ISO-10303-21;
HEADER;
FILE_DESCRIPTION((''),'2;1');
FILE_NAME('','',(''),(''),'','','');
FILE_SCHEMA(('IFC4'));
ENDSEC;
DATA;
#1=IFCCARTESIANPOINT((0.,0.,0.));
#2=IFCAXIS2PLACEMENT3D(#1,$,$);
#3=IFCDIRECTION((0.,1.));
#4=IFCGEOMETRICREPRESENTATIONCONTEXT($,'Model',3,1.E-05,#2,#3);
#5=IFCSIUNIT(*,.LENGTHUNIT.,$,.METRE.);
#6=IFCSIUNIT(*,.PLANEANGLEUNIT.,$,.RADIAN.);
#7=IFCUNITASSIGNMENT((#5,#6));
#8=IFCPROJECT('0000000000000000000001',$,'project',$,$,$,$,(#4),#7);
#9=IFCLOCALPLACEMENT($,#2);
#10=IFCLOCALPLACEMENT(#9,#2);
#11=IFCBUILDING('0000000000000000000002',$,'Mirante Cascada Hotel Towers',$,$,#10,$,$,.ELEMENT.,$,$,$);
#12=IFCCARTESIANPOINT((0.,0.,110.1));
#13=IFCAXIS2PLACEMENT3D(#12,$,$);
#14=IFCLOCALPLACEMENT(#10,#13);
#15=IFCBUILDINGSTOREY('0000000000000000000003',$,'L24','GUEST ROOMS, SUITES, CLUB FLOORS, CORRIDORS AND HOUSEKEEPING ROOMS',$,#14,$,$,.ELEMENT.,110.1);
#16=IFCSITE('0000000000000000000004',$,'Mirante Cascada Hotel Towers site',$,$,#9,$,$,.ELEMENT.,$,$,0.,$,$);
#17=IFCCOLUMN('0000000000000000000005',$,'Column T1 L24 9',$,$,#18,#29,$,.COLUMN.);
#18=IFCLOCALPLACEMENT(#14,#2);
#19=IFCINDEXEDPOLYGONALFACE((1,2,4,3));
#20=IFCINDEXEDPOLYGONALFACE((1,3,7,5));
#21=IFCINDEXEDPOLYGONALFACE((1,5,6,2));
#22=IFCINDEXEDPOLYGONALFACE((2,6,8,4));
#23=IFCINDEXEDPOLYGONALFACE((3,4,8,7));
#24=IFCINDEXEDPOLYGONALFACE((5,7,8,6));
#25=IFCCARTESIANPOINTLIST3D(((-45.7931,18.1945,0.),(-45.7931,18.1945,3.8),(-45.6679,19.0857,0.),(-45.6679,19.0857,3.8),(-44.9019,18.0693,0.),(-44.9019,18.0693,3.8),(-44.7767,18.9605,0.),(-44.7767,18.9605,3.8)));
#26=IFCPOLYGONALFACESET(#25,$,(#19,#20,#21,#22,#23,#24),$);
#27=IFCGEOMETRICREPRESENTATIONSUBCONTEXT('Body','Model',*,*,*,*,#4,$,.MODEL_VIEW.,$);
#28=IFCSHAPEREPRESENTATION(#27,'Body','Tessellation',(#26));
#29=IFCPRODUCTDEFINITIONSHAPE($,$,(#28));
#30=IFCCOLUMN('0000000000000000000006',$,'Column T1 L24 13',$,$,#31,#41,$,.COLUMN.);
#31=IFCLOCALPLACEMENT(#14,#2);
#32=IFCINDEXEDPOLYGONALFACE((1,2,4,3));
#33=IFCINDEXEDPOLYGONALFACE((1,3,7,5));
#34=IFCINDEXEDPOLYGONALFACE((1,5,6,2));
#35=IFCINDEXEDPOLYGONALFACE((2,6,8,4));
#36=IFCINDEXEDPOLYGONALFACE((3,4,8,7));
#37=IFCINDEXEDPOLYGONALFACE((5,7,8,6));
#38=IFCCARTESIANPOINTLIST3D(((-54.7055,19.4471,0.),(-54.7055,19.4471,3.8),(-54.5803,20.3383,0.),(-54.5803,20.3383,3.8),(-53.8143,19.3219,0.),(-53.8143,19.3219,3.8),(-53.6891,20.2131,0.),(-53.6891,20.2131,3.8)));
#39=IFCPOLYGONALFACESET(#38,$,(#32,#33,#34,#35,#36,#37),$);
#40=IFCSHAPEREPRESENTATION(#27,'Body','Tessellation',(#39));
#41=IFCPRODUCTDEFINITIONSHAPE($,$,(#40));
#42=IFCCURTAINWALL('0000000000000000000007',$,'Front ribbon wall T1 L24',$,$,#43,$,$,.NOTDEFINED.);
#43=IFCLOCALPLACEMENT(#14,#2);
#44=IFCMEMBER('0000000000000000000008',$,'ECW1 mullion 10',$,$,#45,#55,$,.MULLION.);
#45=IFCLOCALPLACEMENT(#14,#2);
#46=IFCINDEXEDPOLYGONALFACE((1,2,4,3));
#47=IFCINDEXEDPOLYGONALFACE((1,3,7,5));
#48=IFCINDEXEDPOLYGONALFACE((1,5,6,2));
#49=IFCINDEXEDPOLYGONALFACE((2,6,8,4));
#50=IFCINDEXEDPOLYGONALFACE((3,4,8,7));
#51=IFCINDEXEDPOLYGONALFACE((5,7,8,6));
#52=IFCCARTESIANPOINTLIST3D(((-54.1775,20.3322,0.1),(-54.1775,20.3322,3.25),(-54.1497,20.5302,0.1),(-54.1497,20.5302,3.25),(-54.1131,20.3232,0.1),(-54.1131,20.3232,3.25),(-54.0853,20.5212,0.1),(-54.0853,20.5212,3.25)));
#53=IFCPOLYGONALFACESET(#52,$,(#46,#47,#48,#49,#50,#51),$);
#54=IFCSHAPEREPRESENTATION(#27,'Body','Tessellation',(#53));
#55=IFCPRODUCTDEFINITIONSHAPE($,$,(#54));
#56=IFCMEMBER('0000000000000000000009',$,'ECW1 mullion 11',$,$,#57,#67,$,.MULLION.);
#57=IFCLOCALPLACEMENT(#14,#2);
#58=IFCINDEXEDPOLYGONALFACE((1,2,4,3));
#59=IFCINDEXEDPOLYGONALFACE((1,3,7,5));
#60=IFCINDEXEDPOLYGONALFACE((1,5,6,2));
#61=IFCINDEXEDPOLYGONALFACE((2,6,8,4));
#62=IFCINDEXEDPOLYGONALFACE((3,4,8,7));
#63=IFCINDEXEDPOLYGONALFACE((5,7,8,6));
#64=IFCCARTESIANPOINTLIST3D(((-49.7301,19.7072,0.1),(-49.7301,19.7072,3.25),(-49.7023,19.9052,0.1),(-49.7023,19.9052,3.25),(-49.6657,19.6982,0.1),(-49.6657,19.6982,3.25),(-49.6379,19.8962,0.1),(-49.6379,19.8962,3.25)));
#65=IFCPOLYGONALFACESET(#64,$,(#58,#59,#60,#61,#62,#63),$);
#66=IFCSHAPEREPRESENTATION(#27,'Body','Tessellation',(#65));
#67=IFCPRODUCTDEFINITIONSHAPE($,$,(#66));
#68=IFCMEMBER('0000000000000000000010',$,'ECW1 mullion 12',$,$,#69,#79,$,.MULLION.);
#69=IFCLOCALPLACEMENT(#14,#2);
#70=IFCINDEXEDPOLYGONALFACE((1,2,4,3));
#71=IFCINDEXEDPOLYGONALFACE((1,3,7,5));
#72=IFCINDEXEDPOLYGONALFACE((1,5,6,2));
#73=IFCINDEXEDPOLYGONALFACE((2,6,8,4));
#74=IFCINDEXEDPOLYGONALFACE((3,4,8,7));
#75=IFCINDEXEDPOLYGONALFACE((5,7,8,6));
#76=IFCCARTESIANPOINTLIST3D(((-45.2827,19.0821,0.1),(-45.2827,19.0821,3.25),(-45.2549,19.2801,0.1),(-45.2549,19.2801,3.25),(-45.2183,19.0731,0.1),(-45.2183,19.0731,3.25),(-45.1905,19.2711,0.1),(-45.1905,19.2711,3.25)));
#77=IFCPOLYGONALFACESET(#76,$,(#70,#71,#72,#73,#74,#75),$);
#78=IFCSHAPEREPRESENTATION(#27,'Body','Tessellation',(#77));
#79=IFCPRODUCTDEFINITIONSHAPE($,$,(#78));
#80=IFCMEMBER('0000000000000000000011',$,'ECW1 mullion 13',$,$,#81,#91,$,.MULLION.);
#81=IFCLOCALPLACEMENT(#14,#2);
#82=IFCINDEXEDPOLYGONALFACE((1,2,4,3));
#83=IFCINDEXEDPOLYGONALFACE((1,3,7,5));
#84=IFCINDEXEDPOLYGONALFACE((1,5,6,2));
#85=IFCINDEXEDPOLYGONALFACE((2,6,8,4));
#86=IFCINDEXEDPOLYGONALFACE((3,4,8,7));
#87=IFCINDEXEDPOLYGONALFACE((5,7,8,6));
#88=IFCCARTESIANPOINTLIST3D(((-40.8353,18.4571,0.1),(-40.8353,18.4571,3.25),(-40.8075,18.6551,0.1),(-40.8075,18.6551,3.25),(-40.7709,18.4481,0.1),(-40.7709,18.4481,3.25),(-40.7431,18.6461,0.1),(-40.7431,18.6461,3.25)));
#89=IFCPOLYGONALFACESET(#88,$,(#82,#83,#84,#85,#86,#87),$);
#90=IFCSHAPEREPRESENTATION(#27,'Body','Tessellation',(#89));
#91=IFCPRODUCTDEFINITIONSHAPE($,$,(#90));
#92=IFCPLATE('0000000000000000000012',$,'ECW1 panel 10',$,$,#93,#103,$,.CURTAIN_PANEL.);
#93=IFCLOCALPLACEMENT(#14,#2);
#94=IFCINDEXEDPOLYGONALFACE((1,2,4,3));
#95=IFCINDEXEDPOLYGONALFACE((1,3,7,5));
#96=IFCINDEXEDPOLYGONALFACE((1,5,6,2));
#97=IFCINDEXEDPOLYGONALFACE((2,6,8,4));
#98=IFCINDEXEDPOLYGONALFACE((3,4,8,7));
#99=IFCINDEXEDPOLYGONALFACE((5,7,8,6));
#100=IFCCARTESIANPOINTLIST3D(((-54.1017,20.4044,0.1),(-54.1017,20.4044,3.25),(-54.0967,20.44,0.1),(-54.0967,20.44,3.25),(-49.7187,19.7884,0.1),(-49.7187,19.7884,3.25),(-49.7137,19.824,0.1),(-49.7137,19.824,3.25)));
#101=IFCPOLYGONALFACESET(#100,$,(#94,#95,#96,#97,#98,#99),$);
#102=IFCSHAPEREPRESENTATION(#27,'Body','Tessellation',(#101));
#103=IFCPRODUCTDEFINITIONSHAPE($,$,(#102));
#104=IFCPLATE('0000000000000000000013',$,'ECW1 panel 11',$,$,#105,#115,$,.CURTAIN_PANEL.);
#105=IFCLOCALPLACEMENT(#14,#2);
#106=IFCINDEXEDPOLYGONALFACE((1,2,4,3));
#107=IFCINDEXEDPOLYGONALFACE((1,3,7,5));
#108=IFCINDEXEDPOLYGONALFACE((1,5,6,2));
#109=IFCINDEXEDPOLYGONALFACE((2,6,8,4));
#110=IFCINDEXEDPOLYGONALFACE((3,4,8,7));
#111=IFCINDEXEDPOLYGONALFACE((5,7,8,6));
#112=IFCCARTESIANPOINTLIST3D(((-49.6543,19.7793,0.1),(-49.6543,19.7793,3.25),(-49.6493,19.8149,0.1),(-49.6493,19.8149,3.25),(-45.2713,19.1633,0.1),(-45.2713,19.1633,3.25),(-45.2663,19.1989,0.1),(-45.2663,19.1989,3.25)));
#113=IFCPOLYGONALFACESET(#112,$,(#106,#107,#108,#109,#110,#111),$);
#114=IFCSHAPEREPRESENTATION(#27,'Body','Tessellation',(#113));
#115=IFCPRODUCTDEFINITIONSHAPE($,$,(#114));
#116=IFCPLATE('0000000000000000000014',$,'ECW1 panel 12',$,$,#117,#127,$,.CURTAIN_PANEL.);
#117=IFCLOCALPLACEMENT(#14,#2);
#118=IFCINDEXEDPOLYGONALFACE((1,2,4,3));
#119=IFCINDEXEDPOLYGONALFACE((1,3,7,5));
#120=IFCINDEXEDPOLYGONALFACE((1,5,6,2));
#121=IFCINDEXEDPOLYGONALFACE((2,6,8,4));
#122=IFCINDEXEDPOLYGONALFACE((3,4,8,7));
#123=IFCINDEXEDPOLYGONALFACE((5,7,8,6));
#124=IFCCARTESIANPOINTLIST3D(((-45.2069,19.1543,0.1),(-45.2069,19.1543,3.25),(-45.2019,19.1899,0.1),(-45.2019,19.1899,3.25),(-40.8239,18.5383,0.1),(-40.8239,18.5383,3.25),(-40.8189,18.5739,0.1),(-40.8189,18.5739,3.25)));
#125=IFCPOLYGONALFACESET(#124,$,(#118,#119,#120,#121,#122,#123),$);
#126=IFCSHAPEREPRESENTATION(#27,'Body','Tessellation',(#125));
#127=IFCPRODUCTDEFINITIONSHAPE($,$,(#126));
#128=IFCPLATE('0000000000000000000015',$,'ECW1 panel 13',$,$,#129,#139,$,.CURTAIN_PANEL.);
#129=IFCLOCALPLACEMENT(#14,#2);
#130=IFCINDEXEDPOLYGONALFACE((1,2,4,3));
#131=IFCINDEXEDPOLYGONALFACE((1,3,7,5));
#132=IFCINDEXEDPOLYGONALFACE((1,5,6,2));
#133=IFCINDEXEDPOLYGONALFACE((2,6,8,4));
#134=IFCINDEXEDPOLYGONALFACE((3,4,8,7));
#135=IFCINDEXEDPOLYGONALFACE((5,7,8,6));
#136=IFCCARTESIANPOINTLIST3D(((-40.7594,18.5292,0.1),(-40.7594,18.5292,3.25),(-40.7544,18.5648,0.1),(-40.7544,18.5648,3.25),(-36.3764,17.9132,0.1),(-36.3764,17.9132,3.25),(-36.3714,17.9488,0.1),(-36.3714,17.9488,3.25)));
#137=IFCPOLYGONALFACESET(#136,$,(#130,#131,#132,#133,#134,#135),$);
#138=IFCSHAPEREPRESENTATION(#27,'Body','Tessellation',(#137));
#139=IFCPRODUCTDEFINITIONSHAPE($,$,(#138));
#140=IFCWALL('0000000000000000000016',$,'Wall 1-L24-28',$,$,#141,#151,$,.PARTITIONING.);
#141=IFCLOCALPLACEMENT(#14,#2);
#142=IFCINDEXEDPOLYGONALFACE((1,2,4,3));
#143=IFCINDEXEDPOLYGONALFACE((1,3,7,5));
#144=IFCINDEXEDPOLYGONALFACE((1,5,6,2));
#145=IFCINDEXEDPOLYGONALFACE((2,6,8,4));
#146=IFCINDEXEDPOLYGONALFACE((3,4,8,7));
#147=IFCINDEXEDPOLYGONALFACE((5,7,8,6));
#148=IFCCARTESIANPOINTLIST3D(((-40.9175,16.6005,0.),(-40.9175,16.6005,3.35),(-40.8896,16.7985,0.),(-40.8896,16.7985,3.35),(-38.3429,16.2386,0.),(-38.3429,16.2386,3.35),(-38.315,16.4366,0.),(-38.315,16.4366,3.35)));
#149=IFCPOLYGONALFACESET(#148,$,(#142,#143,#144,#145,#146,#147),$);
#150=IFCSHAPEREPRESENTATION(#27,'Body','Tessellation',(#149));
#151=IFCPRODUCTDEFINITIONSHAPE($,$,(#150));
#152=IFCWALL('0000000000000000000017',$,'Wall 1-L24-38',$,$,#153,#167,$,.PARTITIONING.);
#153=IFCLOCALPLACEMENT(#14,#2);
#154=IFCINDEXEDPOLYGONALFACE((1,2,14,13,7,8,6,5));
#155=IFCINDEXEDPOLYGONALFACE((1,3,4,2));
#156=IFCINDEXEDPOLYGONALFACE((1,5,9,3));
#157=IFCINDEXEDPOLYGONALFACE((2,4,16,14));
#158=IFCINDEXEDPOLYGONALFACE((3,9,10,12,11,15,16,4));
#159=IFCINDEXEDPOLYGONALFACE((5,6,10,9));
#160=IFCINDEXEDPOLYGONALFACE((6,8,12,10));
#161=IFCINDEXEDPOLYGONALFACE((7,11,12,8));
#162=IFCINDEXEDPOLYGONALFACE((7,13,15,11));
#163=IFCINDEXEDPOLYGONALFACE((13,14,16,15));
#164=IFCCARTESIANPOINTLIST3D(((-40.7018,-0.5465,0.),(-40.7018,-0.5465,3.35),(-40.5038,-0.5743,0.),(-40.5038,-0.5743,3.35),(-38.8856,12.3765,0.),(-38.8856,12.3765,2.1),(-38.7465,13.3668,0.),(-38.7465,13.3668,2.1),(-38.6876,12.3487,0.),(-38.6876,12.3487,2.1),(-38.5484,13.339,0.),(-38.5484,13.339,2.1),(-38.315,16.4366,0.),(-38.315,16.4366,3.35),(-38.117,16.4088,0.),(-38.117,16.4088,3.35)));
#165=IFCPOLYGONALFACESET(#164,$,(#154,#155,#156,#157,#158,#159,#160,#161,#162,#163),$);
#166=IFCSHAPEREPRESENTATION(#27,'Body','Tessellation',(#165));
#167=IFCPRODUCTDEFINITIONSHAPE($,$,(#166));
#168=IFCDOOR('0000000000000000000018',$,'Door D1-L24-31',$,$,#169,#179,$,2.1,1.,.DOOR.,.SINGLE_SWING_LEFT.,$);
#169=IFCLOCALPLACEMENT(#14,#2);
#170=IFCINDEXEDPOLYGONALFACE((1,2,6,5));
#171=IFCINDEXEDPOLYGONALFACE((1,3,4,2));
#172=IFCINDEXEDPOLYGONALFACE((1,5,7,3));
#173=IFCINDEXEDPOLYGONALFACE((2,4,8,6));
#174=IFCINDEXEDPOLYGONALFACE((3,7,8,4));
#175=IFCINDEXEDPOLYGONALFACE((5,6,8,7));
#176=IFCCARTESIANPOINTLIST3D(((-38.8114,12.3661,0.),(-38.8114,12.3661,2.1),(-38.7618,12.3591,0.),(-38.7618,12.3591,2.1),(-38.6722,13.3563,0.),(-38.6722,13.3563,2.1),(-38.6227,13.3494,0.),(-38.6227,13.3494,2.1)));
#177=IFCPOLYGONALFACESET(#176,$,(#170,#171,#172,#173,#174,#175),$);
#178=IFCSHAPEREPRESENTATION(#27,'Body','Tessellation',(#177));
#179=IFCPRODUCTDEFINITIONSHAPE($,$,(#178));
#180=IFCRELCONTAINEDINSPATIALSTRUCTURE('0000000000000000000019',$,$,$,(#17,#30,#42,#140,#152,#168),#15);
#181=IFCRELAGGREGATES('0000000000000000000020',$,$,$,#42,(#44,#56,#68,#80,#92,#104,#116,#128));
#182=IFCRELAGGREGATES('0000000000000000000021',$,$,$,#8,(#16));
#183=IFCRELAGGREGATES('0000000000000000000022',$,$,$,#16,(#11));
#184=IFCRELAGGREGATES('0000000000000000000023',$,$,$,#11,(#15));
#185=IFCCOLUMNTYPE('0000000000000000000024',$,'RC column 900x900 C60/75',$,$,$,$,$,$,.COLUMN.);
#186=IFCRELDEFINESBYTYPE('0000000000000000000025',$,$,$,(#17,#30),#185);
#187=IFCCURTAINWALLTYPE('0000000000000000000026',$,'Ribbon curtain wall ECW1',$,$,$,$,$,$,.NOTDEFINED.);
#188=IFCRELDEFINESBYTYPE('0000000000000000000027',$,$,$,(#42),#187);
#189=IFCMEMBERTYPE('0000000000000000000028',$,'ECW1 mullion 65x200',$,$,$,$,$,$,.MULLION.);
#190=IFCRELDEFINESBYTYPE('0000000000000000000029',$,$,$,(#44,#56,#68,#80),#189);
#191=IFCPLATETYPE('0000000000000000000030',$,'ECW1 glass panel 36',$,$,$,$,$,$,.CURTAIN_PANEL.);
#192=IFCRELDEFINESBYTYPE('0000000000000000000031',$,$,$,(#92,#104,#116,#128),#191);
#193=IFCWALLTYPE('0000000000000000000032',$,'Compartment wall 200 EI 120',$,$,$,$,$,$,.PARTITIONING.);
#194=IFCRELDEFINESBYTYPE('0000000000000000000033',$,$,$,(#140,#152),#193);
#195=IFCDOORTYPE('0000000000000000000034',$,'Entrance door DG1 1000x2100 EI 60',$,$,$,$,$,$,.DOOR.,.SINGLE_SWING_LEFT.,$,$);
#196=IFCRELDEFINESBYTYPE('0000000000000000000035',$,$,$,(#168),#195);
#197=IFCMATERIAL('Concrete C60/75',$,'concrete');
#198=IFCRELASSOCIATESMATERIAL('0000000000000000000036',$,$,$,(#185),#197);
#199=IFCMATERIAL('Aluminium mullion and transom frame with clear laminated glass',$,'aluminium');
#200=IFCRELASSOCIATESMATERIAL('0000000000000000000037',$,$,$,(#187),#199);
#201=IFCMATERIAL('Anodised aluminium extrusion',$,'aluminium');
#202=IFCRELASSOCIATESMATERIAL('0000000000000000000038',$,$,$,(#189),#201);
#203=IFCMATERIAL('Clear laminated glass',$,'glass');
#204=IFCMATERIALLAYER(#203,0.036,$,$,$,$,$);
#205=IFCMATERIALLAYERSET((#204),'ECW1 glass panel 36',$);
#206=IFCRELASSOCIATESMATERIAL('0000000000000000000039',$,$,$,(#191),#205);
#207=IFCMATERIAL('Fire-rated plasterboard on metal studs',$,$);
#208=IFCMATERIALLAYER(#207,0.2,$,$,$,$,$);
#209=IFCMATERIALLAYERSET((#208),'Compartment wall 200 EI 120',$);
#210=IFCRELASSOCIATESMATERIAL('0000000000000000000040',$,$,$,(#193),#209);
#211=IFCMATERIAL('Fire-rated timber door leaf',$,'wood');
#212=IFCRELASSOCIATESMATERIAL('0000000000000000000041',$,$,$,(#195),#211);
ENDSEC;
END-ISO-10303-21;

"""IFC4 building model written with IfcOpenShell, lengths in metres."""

from ifc_helpers import new_model, si_unit, direction, frame, frame_2d, origin, origin_2d, place, context, subcontext, project, spatial, rectangle, extrude, material, layer, layer_set, material_profile, profile_set, type_object, element, fill, aggregate, save


model = new_model("IFC4")

# Units and contexts
model_context = context("Model", 3, precision=1e-05, world=origin(), true_north=direction((0.0, 1.0)))
body_context = subcontext(model_context, "Body", "Model", "MODEL_VIEW")
ifc_project = project(units=[si_unit("LENGTHUNIT", "METRE"), si_unit("PLANEANGLEUNIT", "RADIAN")], contexts=[model_context])

# Site, building, storey
site_placement = place(None, origin())
site = spatial("IfcSite", under=ifc_project, at=site_placement, Name="Mirante Cascada Hotel Towers site", CompositionType="ELEMENT", RefElevation=0.0)
building_placement = place(site_placement, origin())
building = spatial("IfcBuilding", under=site, at=building_placement, Name="Mirante Cascada Hotel Towers", CompositionType="ELEMENT")
storey_placement = place(building_placement, frame((0.0, 0.0, 110.1)))
storey = spatial("IfcBuildingStorey", under=building, at=storey_placement, Name="L24", Description="GUEST ROOMS, SUITES, CLUB FLOORS, CORRIDORS AND HOUSEKEEPING ROOMS", CompositionType="ELEMENT", Elevation=110.1)

# Columns
ifc_material_1 = material(Name="Concrete C60/75", Category="concrete")
ifc_material_profile_1 = material_profile(ifc_material_1, rectangle(XDim=0.9, YDim=0.9, at=origin_2d()), Name="RC column 900x900 C60/75")
ifc_profile_set_1 = profile_set([ifc_material_profile_1], Name="Concrete C60/75")
column_type = type_object("IfcColumnType", Name="RC column 900x900 C60/75", PredefinedType="COLUMN", material=ifc_profile_set_1)
for number, where, z_axis, x_axis, name in (
    (1, (-45.2849, 18.5775, 0.0), (0.0, 0.0, 1.0), (-0.990268, 0.139173, 0.0), "Column T1 L24 9"),
    (2, (-54.1973, 19.8301, 0.0), (0.0, 0.0, 1.0), (-0.990268, 0.139173, 0.0), "Column T1 L24 13"),
):
    element("IfcColumn", number, at=place(storey_placement, frame(where, z_axis=z_axis, x_axis=x_axis)), inside=storey, type_object=column_type, Name=name, PredefinedType="COLUMN", context=body_context, shape_type="SweptSolid", body=[
        extrude(rectangle(XDim=0.9, YDim=0.9, at=origin_2d()), origin(), (0.0, 0.0, 1.0), 3.8),
    ])

# Curtain wall, members, plates
ifc_material_2 = material(Name="Aluminium mullion and transom frame with clear laminated glass", Category="aluminium")
curtain_wall_type = type_object("IfcCurtainWallType", Name="Ribbon curtain wall ECW1", PredefinedType="NOTDEFINED", material=ifc_material_2)
curtain_wall_placement = place(storey_placement, origin())
curtain_wall = element("IfcCurtainWall", 3, at=curtain_wall_placement, inside=storey, type_object=curtain_wall_type, Name="Front ribbon wall T1 L24", PredefinedType="NOTDEFINED")
ifc_material_3 = material(Name="Anodised aluminium extrusion", Category="aluminium")
ifc_material_profile_2 = material_profile(ifc_material_3, rectangle(XDim=0.2, YDim=0.065, at=origin_2d()), Name="ECW1 MULLION 65x200")
ifc_profile_set_2 = profile_set([ifc_material_profile_2], Name="Anodised aluminium extrusion")
member_type = type_object("IfcMemberType", Name="ECW1 mullion 65x200", PredefinedType="MULLION", material=ifc_profile_set_2)
member_1_placement = place(storey_placement, frame((-54.1314, 20.4267, 0.1), z_axis=(0.0, 0.0, 1.0), x_axis=(0.139173, 0.990268, 0.0)))
member_1 = element("IfcMember", 4, at=member_1_placement, type_object=member_type, Name="ECW1 mullion 10", PredefinedType="MULLION", context=body_context, shape_type="SweptSolid", body=[
    extrude(rectangle(XDim=0.2, YDim=0.065, at=origin_2d()), origin(), (0.0, 0.0, 1.0), 3.15),
])
member_2_placement = place(storey_placement, frame((-49.684, 19.8017, 0.1), z_axis=(0.0, 0.0, 1.0), x_axis=(0.139173, 0.990268, 0.0)))
member_2 = element("IfcMember", 5, at=member_2_placement, type_object=member_type, Name="ECW1 mullion 11", PredefinedType="MULLION", context=body_context, shape_type="SweptSolid", body=[
    extrude(rectangle(XDim=0.2, YDim=0.065, at=origin_2d()), origin(), (0.0, 0.0, 1.0), 3.15),
])
member_3_placement = place(storey_placement, frame((-45.2366, 19.1766, 0.1), z_axis=(0.0, 0.0, 1.0), x_axis=(0.139173, 0.990268, 0.0)))
member_3 = element("IfcMember", 6, at=member_3_placement, type_object=member_type, Name="ECW1 mullion 12", PredefinedType="MULLION", context=body_context, shape_type="SweptSolid", body=[
    extrude(rectangle(XDim=0.2, YDim=0.065, at=origin_2d()), origin(), (0.0, 0.0, 1.0), 3.15),
])
member_4_placement = place(storey_placement, frame((-40.7892, 18.5516, 0.1), z_axis=(0.0, 0.0, 1.0), x_axis=(0.139173, 0.990268, 0.0)))
member_4 = element("IfcMember", 7, at=member_4_placement, type_object=member_type, Name="ECW1 mullion 13", PredefinedType="MULLION", context=body_context, shape_type="SweptSolid", body=[
    extrude(rectangle(XDim=0.2, YDim=0.065, at=origin_2d()), origin(), (0.0, 0.0, 1.0), 3.15),
])
ifc_material_4 = material(Name="Clear laminated glass", Category="glass")
ifc_layer_1 = layer(ifc_material_4, 0.036)
ifc_layer_set_1 = layer_set([ifc_layer_1], Name="ECW1 glass panel 36")
plate_type = type_object("IfcPlateType", Name="ECW1 glass panel 36", PredefinedType="CURTAIN_PANEL", material=ifc_layer_set_1)
plate_1_placement = place(storey_placement, frame((-51.9077, 20.1142, 0.1), z_axis=(0.0, 0.0, 1.0), x_axis=(0.990268, -0.139173, 0.0)))
plate_1 = element("IfcPlate", 8, at=plate_1_placement, type_object=plate_type, Name="ECW1 panel 10", PredefinedType="CURTAIN_PANEL", context=body_context, shape_type="SweptSolid", body=[
    extrude(rectangle(XDim=4.4261, YDim=0.036, at=origin_2d()), origin(), (0.0, 0.0, 1.0), 3.15),
])
plate_2_placement = place(storey_placement, frame((-47.4603, 19.4891, 0.1), z_axis=(0.0, 0.0, 1.0), x_axis=(0.990268, -0.139173, 0.0)))
plate_2 = element("IfcPlate", 9, at=plate_2_placement, type_object=plate_type, Name="ECW1 panel 11", PredefinedType="CURTAIN_PANEL", context=body_context, shape_type="SweptSolid", body=[
    extrude(rectangle(XDim=4.4261, YDim=0.036, at=origin_2d()), origin(), (0.0, 0.0, 1.0), 3.15),
])
plate_3_placement = place(storey_placement, frame((-43.0129, 18.8641, 0.1), z_axis=(0.0, 0.0, 1.0), x_axis=(0.990268, -0.139173, 0.0)))
plate_3 = element("IfcPlate", 10, at=plate_3_placement, type_object=plate_type, Name="ECW1 panel 12", PredefinedType="CURTAIN_PANEL", context=body_context, shape_type="SweptSolid", body=[
    extrude(rectangle(XDim=4.4261, YDim=0.036, at=origin_2d()), origin(), (0.0, 0.0, 1.0), 3.15),
])
plate_4_placement = place(storey_placement, frame((-38.5654, 18.239, 0.1), z_axis=(0.0, 0.0, 1.0), x_axis=(0.990268, -0.139173, 0.0)))
plate_4 = element("IfcPlate", 11, at=plate_4_placement, type_object=plate_type, Name="ECW1 panel 13", PredefinedType="CURTAIN_PANEL", context=body_context, shape_type="SweptSolid", body=[
    extrude(rectangle(XDim=4.4261, YDim=0.036, at=origin_2d()), origin(), (0.0, 0.0, 1.0), 3.15),
])
aggregate(curtain_wall, [member_1, member_2, member_3, member_4, plate_1, plate_2, plate_3, plate_4])

# Wall
ifc_material_5 = material(Name="Fire-rated plasterboard on metal studs")
ifc_layer_2 = layer(ifc_material_5, 0.2)
ifc_layer_set_2 = layer_set([ifc_layer_2], Name="Compartment wall 200 EI 120")
wall_type_1 = type_object("IfcWallType", Name="Compartment wall 200 EI 120", PredefinedType="PARTITIONING", material=ifc_layer_set_2)
wall_1_placement = place(storey_placement, frame((-40.9036, 16.6995, 0.0), z_axis=(0.0, 0.0, 1.0), x_axis=(0.990265, -0.139197, 0.0)))
element("IfcWall", 12, at=wall_1_placement, inside=storey, type_object=wall_type_1, Name="Wall 1-L24-28", PredefinedType="PARTITIONING", context=body_context, shape_type="SweptSolid", body=[
    extrude(rectangle(XDim=2.5999, YDim=0.2, at=frame_2d((1.3, 0.0))), origin(), (0.0, 0.0, 1.0), 3.35),
])

# Wall, opening, door
wall_2_placement = place(storey_placement, frame((-38.216, 16.4227, 0.0), z_axis=(0.0, 0.0, 1.0), x_axis=(-0.139172, -0.990268, 0.0)))
wall_2 = element("IfcWall", 13, at=wall_2_placement, inside=storey, type_object=wall_type_1, Name="Wall 1-L24-38", PredefinedType="PARTITIONING", context=body_context, shape_type="SweptSolid", body=[
    extrude(rectangle(XDim=17.15, YDim=0.2, at=frame_2d((8.575, 0.0))), origin(), (0.0, 0.0, 1.0), 3.35),
])
opening_1_placement = place(wall_2_placement, frame((3.1, 0.0, 0.0)))
opening_1 = element("IfcOpeningElement", 14, at=opening_1_placement, cuts=wall_2, PredefinedType="OPENING", context=body_context, shape_type="SweptSolid", body=[
    extrude(rectangle(XDim=1.0, YDim=2.1, at=frame_2d((0.5, 1.05))), frame((0.0, 0.1, 0.0), z_axis=(0.0, -1.0, 0.0), x_axis=(1.0, 0.0, 0.0)), (0.0, 0.0, 1.0), 0.2),
])
ifc_material_6 = material(Name="Fire-rated timber door leaf", Category="wood")
door_type_1 = type_object("IfcDoorType", Name="Entrance door DG1 1000x2100 EI 60", OperationType="SINGLE_SWING_LEFT", PredefinedType="DOOR", material=ifc_material_6)
door_1_placement = place(opening_1_placement, origin())
door_1 = element("IfcDoor", 15, at=door_1_placement, inside=storey, type_object=door_type_1, Name="Door D1-L24-31", OperationType="SINGLE_SWING_LEFT", OverallHeight=2.1, OverallWidth=1.0, PredefinedType="DOOR", context=body_context, shape_type="SweptSolid", body=[
    extrude(rectangle(XDim=1.0, YDim=2.1, at=frame_2d((0.5, 1.05))), frame((0.0, 0.025, 0.0), z_axis=(0.0, -1.0, 0.0), x_axis=(1.0, 0.0, 0.0)), (0.0, 0.0, 1.0), 0.05),
])
fill(opening_1, door_1)

save(model, "model.ifc")
